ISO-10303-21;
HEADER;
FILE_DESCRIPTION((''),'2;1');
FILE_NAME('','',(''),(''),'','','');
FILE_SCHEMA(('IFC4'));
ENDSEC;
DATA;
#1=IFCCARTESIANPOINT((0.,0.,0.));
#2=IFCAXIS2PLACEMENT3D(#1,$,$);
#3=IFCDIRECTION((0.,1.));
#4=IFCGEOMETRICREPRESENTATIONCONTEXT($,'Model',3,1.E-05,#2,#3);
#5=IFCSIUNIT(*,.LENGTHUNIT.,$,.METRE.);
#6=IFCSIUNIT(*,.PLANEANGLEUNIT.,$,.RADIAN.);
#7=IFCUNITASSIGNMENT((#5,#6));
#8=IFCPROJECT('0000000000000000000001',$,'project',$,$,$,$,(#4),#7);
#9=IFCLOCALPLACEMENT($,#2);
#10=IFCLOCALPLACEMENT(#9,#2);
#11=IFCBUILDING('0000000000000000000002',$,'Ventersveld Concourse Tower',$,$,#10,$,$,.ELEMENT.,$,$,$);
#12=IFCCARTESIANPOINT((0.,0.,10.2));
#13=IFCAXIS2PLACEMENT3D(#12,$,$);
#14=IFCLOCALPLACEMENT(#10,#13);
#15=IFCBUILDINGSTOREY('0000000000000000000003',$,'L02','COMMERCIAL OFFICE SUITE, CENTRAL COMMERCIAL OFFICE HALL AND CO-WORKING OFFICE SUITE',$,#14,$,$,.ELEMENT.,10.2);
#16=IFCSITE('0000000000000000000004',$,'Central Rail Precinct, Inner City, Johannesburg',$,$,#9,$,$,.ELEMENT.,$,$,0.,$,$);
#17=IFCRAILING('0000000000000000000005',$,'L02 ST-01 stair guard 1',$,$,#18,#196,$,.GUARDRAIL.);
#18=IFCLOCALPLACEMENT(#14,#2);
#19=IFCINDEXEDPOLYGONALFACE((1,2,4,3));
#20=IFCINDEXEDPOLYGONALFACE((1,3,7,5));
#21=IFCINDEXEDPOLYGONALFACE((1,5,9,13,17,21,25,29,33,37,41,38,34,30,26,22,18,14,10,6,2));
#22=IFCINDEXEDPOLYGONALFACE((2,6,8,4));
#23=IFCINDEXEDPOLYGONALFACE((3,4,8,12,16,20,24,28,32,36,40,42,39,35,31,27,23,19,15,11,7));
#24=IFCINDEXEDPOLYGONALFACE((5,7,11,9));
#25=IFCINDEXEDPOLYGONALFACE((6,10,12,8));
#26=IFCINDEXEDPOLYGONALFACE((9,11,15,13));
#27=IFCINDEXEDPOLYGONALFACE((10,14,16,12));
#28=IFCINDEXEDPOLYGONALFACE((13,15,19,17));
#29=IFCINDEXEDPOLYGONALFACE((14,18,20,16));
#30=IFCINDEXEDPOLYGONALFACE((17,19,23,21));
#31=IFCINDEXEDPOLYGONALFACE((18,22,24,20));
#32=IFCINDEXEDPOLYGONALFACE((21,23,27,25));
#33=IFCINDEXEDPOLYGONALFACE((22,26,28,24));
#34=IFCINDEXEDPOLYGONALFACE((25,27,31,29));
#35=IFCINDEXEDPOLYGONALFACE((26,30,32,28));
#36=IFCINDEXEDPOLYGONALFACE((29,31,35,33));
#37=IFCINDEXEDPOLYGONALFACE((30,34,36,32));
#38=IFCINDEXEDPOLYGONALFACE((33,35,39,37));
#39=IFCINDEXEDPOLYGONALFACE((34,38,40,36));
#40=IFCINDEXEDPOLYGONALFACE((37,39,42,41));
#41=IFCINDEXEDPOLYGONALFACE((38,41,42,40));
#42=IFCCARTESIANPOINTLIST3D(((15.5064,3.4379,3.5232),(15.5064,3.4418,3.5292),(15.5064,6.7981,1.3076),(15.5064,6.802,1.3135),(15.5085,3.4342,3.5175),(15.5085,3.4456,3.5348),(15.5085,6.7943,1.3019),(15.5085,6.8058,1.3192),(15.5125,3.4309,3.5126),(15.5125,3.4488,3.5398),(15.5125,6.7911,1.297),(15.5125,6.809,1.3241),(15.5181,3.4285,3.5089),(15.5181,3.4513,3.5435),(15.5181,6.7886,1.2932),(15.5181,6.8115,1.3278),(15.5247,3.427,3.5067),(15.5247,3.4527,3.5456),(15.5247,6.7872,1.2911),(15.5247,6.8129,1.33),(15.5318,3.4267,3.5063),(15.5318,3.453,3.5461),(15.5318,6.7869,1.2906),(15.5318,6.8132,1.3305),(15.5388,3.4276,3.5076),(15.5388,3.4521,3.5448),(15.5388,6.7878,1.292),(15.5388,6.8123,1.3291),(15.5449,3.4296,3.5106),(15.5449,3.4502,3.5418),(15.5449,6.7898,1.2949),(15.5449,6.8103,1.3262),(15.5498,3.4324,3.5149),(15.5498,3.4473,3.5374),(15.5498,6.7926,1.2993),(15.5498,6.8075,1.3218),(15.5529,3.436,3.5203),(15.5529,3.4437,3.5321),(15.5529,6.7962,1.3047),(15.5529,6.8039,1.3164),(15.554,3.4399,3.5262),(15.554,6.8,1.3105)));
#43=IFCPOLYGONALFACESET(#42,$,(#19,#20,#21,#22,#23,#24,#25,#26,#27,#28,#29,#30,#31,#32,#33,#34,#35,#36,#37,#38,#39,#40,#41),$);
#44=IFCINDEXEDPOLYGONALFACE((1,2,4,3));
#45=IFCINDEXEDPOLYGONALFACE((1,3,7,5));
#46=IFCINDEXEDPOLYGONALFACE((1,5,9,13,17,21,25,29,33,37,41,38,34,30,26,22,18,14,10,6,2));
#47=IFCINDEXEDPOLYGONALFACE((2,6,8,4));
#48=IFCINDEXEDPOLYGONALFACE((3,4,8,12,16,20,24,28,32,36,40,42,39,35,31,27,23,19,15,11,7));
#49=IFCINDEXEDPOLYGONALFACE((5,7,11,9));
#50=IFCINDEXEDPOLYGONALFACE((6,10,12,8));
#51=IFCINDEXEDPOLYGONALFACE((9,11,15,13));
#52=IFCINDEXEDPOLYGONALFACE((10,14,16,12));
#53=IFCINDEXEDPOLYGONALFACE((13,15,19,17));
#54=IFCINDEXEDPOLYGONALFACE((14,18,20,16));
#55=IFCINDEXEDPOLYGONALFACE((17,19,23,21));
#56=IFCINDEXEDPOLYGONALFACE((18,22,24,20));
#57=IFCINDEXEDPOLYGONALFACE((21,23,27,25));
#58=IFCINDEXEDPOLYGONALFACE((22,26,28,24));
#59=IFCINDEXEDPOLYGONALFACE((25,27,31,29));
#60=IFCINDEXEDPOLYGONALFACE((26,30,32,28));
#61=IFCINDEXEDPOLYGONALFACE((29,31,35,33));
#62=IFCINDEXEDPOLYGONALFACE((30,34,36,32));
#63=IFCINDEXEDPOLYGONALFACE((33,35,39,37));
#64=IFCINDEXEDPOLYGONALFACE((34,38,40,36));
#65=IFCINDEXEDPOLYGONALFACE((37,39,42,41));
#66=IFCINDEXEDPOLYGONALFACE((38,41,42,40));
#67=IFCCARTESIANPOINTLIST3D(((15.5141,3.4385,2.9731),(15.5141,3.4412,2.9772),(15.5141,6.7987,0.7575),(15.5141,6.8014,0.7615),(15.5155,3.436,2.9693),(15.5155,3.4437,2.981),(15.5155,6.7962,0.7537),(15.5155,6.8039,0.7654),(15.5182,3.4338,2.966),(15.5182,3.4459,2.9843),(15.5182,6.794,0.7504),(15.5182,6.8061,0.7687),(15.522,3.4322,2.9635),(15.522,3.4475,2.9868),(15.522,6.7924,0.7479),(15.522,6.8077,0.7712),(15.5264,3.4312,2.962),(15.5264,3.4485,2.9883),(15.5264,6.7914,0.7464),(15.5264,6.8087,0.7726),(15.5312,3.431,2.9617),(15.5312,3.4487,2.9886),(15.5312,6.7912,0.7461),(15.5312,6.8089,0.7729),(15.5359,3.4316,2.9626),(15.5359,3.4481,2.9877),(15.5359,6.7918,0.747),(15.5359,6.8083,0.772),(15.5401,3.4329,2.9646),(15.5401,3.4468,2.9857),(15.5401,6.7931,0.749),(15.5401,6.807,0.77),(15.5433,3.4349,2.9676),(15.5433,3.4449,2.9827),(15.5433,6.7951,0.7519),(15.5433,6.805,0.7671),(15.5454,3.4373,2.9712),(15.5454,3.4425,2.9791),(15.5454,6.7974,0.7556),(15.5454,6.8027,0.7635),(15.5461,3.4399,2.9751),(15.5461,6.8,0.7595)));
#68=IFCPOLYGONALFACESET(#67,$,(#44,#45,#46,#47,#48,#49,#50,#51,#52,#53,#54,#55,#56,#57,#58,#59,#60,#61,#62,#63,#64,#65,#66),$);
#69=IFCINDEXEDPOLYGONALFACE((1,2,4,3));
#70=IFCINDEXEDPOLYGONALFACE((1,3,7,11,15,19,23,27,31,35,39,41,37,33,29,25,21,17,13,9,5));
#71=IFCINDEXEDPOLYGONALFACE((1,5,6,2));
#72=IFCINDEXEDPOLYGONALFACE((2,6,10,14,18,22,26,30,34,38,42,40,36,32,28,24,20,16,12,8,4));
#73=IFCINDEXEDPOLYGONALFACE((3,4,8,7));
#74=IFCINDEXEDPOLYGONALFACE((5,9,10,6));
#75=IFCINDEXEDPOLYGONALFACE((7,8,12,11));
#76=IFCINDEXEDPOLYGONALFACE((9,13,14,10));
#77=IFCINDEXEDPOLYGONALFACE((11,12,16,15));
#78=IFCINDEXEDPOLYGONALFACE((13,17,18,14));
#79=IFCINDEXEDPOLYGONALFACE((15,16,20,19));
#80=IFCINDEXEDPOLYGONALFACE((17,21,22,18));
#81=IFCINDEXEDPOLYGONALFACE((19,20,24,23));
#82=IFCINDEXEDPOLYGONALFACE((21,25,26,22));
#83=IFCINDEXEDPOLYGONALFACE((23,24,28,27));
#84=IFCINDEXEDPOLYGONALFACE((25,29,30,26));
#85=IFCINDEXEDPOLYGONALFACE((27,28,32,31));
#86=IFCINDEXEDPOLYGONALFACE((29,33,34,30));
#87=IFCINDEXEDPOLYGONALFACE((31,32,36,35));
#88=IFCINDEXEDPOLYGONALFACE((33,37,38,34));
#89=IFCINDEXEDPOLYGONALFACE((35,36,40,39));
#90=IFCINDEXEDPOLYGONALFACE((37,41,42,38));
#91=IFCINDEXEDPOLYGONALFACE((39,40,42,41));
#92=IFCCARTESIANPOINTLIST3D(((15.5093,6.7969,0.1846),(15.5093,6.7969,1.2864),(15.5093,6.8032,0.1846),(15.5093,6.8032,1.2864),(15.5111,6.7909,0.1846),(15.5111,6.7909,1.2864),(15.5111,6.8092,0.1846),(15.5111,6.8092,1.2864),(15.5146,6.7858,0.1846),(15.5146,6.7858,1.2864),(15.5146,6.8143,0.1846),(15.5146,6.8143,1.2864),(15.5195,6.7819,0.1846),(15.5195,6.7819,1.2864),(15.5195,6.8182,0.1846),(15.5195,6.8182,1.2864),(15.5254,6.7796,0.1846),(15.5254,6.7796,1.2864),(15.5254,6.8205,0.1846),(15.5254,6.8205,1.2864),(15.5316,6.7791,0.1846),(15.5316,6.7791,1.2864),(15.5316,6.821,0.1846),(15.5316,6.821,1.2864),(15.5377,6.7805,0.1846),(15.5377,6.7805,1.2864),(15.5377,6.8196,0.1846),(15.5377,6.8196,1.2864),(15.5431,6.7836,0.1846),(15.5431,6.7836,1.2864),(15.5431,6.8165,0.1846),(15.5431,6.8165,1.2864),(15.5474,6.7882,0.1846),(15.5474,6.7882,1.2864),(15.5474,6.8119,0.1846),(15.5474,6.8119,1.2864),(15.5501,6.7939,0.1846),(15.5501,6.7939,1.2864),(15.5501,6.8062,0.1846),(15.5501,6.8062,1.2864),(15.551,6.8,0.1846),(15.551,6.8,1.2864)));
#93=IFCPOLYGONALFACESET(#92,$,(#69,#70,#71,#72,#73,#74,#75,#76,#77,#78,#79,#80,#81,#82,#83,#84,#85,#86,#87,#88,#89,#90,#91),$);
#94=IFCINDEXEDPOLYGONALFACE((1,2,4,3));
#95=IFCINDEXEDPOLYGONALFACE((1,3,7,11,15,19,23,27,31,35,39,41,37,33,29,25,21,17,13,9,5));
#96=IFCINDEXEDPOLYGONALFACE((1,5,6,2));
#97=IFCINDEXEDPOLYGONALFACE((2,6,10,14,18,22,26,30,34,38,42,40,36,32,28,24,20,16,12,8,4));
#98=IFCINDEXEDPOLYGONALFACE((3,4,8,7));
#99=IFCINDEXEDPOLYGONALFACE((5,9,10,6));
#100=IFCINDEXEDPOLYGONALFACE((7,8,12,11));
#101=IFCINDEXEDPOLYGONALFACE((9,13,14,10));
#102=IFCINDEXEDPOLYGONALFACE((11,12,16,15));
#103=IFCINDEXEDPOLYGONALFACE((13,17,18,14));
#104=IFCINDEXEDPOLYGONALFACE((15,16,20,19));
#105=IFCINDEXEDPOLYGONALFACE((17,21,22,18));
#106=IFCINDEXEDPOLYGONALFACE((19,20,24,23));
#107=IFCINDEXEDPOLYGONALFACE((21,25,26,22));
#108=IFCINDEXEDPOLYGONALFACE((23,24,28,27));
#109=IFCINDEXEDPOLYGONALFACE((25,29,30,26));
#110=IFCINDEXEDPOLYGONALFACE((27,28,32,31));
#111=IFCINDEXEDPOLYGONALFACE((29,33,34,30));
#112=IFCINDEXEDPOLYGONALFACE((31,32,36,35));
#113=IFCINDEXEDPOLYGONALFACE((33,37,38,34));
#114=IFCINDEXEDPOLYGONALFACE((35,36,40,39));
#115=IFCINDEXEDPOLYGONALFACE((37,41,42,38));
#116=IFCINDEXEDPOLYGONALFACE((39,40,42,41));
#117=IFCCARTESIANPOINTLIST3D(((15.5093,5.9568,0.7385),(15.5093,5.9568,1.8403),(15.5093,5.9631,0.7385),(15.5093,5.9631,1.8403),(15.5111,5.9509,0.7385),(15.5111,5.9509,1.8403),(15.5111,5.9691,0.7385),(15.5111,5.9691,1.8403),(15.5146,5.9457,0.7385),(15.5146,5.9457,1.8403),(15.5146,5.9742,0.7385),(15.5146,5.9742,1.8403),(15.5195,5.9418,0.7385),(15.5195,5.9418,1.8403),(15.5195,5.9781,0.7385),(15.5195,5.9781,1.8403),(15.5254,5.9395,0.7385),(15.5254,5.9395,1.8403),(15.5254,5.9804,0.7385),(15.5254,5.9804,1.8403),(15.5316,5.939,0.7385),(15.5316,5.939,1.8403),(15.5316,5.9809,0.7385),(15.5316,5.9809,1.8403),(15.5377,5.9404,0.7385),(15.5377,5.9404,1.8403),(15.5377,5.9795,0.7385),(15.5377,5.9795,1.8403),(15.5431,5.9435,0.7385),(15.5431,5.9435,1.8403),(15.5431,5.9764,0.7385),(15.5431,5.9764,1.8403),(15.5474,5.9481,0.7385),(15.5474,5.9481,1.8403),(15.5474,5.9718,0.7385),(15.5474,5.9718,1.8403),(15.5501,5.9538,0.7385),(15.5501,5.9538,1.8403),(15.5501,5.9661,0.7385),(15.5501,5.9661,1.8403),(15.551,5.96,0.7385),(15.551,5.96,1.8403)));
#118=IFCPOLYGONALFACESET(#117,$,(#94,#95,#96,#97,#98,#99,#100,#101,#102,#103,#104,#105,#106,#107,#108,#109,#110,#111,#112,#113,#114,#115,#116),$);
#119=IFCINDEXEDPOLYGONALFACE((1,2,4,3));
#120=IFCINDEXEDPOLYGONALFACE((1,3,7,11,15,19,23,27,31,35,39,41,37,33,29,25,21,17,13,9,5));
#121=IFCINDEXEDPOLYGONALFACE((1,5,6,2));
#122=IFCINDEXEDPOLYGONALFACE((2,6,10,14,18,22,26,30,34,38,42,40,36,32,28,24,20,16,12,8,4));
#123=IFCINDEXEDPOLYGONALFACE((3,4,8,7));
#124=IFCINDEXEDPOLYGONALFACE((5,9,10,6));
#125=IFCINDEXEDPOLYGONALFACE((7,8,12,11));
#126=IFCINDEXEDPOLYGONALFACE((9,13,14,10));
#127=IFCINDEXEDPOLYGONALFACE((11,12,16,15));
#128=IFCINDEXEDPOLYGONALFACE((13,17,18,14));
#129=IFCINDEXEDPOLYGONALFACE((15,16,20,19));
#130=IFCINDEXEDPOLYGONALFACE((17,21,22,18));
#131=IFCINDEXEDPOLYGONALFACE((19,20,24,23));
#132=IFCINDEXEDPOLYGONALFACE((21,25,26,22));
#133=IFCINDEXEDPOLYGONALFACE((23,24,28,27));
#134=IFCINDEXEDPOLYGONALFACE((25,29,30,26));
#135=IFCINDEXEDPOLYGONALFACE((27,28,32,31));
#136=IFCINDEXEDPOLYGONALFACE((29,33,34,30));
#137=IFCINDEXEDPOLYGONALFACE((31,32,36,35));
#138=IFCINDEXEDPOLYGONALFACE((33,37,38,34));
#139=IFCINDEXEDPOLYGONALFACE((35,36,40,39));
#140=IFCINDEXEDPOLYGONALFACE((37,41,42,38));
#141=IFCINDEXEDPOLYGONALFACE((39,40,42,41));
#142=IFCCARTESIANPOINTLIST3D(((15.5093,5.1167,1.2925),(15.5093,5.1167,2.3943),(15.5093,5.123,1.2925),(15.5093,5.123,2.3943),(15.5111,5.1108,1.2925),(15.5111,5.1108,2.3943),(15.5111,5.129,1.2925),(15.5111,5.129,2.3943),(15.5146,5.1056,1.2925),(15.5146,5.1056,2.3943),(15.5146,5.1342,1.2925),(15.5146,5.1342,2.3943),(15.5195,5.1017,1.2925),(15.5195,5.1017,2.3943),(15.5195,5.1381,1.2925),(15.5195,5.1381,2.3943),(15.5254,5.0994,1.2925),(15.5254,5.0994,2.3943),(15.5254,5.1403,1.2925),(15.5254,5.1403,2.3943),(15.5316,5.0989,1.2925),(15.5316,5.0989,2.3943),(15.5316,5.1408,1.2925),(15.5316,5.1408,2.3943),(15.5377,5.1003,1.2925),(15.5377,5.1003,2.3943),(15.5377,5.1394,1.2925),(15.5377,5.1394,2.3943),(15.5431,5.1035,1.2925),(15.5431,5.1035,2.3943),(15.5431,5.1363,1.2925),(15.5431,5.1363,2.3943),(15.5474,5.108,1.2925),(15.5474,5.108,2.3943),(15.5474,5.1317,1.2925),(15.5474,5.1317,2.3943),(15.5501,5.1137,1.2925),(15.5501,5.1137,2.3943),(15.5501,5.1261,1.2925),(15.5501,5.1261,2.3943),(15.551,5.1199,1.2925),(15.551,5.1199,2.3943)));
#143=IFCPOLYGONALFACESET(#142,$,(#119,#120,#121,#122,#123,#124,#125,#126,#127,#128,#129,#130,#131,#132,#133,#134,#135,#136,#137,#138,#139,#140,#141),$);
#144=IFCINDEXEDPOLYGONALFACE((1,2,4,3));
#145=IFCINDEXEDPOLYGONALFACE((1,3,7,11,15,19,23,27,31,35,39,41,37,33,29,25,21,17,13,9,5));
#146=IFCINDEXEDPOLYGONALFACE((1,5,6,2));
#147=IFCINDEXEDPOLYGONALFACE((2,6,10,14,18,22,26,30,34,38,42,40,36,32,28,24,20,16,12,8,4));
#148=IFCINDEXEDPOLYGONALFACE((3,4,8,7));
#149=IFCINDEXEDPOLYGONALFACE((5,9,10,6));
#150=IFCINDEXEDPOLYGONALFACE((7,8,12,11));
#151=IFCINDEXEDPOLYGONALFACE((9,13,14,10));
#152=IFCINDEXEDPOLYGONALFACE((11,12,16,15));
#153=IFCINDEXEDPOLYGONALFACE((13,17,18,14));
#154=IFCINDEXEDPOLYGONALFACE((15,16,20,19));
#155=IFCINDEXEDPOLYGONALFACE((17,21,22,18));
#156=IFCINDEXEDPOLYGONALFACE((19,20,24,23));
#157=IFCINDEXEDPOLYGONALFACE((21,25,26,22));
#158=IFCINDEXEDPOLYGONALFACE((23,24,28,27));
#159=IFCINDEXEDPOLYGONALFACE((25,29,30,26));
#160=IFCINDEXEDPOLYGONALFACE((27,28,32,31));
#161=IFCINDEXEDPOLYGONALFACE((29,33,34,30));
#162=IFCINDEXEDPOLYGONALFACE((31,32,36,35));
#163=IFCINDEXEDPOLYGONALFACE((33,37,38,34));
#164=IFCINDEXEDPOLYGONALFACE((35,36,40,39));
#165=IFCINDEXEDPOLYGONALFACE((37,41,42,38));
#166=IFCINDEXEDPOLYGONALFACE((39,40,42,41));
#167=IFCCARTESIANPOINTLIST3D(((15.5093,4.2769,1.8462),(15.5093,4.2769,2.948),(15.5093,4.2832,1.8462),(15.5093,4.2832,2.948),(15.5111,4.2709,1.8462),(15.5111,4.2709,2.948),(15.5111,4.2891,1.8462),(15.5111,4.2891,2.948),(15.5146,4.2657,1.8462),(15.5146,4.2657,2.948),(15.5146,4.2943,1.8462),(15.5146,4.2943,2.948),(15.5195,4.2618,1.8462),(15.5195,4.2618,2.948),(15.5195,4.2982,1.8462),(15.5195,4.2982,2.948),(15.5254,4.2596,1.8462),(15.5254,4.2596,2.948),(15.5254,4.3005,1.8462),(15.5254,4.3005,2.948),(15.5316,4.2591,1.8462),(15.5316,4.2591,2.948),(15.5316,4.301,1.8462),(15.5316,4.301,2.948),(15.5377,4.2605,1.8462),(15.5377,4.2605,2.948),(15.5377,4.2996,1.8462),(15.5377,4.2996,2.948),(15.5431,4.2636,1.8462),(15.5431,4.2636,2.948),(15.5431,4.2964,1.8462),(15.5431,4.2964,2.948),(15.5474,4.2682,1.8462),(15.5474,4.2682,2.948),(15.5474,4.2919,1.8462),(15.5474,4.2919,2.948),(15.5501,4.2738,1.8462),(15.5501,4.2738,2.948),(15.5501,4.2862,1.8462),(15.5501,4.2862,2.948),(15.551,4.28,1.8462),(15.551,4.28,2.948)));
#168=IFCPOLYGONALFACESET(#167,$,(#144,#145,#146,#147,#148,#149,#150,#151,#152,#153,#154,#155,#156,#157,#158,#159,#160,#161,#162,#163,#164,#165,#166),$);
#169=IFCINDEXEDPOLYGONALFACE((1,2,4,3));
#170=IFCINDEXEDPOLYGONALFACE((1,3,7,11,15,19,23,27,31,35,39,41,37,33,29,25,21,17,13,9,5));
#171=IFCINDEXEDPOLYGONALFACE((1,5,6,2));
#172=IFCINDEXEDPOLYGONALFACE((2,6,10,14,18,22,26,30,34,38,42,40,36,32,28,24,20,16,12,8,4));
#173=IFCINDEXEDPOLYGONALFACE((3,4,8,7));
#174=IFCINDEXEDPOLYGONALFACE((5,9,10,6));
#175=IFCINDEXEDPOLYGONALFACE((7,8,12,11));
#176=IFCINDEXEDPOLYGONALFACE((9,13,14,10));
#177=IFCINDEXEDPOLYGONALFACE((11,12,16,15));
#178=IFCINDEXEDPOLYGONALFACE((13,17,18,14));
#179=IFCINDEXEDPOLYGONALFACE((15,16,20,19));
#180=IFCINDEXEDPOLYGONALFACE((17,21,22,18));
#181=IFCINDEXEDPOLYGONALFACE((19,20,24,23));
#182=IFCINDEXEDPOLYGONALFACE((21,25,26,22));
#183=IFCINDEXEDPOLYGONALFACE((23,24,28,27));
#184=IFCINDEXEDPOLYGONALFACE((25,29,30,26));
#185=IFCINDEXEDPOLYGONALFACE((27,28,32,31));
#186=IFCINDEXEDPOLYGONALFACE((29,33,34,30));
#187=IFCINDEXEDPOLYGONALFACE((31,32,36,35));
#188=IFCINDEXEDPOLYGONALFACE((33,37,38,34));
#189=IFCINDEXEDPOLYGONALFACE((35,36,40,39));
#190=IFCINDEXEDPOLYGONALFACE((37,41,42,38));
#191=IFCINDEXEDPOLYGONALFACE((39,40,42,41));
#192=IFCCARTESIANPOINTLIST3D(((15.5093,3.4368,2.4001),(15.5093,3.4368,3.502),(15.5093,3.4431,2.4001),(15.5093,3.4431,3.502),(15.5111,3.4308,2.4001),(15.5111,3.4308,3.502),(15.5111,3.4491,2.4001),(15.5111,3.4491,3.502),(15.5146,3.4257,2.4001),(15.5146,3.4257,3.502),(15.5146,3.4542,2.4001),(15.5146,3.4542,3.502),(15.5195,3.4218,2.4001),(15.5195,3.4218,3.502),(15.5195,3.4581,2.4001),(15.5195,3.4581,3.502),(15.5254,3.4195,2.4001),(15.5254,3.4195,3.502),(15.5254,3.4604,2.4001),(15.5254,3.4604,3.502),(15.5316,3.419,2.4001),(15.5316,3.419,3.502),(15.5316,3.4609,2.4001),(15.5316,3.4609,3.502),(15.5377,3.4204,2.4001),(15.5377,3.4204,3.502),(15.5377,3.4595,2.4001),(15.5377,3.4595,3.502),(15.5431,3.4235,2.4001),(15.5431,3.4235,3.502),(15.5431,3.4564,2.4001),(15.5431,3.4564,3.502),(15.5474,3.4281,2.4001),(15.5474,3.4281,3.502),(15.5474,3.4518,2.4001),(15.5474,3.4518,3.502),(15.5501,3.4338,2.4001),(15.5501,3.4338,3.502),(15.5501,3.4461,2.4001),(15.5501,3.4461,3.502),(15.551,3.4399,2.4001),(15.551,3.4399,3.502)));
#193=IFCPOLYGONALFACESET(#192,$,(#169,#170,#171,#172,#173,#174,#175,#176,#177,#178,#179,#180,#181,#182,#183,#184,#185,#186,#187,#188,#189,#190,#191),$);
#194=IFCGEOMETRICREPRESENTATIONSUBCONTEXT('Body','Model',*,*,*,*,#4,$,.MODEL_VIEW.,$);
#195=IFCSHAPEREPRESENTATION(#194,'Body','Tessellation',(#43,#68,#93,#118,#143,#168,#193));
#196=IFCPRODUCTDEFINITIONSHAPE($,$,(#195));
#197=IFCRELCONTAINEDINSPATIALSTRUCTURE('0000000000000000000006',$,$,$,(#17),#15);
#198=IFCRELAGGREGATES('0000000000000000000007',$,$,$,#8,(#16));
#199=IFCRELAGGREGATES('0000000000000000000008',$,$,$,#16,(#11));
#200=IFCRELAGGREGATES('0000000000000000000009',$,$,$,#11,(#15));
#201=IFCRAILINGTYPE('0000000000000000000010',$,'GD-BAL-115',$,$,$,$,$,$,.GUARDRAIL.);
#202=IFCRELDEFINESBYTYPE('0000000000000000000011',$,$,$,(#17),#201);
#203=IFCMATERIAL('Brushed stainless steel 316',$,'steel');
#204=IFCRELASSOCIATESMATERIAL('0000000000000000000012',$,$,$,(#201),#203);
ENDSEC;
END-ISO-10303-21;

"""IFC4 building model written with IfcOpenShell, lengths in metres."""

from ifc_helpers import new_model, si_unit, direction, frame, origin, origin_2d, place, context, subcontext, project, spatial, circle, extrude, material, type_object, element, save


model = new_model("IFC4")

# Units and contexts
model_context = context("Model", 3, precision=1e-05, world=origin(), true_north=direction((0.0, 1.0)))
body_context = subcontext(model_context, "Body", "Model", "MODEL_VIEW")
ifc_project = project(units=[si_unit("LENGTHUNIT", "METRE"), si_unit("PLANEANGLEUNIT", "RADIAN")], contexts=[model_context])

# Site, building, storey
site_placement = place(None, origin())
site = spatial("IfcSite", under=ifc_project, at=site_placement, Name="Central Rail Precinct, Inner City, Johannesburg", CompositionType="ELEMENT", RefElevation=0.0)
building_placement = place(site_placement, origin())
building = spatial("IfcBuilding", under=site, at=building_placement, Name="Ventersveld Concourse Tower", CompositionType="ELEMENT")
storey_placement = place(building_placement, frame((0.0, 0.0, 10.2)))
storey = spatial("IfcBuildingStorey", under=building, at=storey_placement, Name="L02", Description="COMMERCIAL OFFICE SUITE, CENTRAL COMMERCIAL OFFICE HALL AND CO-WORKING OFFICE SUITE", CompositionType="ELEMENT", Elevation=10.2)

# Shared definitions
ifc_material_1 = material(Name="Brushed stainless steel 316", Category="steel")

# Railing
railing_type_1 = type_object("IfcRailingType", Name="GD-BAL-115", PredefinedType="GUARDRAIL", material=ifc_material_1)
railing_1_placement = place(storey_placement, frame((15.53, 6.8, 0.1846)))
element("IfcRailing", 1, at=railing_1_placement, inside=storey, type_object=railing_type_1, Name="L02 ST-01 stair guard 1", PredefinedType="GUARDRAIL", context=body_context, shape_type="SweptSolid", body=[
    extrude(circle(Radius=0.0239, at=origin_2d()), frame((0.0, 0.0, 1.126), z_axis=(0.0, -0.834849, 0.55048), x_axis=(1.0, 0.0, 0.0)), (0.0, 0.0, 1.0), 4.0249),
    extrude(circle(Radius=0.0161, at=origin_2d()), frame((0.0, 0.0, 0.575), z_axis=(0.0, -0.834849, 0.55048), x_axis=(1.0, 0.0, 0.0)), (0.0, 0.0, 1.0), 4.0249),
    extrude(circle(Radius=0.021, at=origin_2d()), origin(), (0.0, 0.0, 1.0), 1.1018),
    extrude(circle(Radius=0.021, at=origin_2d()), frame((0.0, -0.8401, 0.554)), (0.0, 0.0, 1.0), 1.1018),
    extrude(circle(Radius=0.021, at=origin_2d()), frame((0.0, -1.6802, 1.1079)), (0.0, 0.0, 1.0), 1.1018),
    extrude(circle(Radius=0.021, at=origin_2d()), frame((0.0, -2.52, 1.6616)), (0.0, 0.0, 1.0), 1.1018),
    extrude(circle(Radius=0.021, at=origin_2d()), frame((0.0, -3.3601, 2.2156)), (0.0, 0.0, 1.0), 1.1018),
])

save(model, "model.ifc")
